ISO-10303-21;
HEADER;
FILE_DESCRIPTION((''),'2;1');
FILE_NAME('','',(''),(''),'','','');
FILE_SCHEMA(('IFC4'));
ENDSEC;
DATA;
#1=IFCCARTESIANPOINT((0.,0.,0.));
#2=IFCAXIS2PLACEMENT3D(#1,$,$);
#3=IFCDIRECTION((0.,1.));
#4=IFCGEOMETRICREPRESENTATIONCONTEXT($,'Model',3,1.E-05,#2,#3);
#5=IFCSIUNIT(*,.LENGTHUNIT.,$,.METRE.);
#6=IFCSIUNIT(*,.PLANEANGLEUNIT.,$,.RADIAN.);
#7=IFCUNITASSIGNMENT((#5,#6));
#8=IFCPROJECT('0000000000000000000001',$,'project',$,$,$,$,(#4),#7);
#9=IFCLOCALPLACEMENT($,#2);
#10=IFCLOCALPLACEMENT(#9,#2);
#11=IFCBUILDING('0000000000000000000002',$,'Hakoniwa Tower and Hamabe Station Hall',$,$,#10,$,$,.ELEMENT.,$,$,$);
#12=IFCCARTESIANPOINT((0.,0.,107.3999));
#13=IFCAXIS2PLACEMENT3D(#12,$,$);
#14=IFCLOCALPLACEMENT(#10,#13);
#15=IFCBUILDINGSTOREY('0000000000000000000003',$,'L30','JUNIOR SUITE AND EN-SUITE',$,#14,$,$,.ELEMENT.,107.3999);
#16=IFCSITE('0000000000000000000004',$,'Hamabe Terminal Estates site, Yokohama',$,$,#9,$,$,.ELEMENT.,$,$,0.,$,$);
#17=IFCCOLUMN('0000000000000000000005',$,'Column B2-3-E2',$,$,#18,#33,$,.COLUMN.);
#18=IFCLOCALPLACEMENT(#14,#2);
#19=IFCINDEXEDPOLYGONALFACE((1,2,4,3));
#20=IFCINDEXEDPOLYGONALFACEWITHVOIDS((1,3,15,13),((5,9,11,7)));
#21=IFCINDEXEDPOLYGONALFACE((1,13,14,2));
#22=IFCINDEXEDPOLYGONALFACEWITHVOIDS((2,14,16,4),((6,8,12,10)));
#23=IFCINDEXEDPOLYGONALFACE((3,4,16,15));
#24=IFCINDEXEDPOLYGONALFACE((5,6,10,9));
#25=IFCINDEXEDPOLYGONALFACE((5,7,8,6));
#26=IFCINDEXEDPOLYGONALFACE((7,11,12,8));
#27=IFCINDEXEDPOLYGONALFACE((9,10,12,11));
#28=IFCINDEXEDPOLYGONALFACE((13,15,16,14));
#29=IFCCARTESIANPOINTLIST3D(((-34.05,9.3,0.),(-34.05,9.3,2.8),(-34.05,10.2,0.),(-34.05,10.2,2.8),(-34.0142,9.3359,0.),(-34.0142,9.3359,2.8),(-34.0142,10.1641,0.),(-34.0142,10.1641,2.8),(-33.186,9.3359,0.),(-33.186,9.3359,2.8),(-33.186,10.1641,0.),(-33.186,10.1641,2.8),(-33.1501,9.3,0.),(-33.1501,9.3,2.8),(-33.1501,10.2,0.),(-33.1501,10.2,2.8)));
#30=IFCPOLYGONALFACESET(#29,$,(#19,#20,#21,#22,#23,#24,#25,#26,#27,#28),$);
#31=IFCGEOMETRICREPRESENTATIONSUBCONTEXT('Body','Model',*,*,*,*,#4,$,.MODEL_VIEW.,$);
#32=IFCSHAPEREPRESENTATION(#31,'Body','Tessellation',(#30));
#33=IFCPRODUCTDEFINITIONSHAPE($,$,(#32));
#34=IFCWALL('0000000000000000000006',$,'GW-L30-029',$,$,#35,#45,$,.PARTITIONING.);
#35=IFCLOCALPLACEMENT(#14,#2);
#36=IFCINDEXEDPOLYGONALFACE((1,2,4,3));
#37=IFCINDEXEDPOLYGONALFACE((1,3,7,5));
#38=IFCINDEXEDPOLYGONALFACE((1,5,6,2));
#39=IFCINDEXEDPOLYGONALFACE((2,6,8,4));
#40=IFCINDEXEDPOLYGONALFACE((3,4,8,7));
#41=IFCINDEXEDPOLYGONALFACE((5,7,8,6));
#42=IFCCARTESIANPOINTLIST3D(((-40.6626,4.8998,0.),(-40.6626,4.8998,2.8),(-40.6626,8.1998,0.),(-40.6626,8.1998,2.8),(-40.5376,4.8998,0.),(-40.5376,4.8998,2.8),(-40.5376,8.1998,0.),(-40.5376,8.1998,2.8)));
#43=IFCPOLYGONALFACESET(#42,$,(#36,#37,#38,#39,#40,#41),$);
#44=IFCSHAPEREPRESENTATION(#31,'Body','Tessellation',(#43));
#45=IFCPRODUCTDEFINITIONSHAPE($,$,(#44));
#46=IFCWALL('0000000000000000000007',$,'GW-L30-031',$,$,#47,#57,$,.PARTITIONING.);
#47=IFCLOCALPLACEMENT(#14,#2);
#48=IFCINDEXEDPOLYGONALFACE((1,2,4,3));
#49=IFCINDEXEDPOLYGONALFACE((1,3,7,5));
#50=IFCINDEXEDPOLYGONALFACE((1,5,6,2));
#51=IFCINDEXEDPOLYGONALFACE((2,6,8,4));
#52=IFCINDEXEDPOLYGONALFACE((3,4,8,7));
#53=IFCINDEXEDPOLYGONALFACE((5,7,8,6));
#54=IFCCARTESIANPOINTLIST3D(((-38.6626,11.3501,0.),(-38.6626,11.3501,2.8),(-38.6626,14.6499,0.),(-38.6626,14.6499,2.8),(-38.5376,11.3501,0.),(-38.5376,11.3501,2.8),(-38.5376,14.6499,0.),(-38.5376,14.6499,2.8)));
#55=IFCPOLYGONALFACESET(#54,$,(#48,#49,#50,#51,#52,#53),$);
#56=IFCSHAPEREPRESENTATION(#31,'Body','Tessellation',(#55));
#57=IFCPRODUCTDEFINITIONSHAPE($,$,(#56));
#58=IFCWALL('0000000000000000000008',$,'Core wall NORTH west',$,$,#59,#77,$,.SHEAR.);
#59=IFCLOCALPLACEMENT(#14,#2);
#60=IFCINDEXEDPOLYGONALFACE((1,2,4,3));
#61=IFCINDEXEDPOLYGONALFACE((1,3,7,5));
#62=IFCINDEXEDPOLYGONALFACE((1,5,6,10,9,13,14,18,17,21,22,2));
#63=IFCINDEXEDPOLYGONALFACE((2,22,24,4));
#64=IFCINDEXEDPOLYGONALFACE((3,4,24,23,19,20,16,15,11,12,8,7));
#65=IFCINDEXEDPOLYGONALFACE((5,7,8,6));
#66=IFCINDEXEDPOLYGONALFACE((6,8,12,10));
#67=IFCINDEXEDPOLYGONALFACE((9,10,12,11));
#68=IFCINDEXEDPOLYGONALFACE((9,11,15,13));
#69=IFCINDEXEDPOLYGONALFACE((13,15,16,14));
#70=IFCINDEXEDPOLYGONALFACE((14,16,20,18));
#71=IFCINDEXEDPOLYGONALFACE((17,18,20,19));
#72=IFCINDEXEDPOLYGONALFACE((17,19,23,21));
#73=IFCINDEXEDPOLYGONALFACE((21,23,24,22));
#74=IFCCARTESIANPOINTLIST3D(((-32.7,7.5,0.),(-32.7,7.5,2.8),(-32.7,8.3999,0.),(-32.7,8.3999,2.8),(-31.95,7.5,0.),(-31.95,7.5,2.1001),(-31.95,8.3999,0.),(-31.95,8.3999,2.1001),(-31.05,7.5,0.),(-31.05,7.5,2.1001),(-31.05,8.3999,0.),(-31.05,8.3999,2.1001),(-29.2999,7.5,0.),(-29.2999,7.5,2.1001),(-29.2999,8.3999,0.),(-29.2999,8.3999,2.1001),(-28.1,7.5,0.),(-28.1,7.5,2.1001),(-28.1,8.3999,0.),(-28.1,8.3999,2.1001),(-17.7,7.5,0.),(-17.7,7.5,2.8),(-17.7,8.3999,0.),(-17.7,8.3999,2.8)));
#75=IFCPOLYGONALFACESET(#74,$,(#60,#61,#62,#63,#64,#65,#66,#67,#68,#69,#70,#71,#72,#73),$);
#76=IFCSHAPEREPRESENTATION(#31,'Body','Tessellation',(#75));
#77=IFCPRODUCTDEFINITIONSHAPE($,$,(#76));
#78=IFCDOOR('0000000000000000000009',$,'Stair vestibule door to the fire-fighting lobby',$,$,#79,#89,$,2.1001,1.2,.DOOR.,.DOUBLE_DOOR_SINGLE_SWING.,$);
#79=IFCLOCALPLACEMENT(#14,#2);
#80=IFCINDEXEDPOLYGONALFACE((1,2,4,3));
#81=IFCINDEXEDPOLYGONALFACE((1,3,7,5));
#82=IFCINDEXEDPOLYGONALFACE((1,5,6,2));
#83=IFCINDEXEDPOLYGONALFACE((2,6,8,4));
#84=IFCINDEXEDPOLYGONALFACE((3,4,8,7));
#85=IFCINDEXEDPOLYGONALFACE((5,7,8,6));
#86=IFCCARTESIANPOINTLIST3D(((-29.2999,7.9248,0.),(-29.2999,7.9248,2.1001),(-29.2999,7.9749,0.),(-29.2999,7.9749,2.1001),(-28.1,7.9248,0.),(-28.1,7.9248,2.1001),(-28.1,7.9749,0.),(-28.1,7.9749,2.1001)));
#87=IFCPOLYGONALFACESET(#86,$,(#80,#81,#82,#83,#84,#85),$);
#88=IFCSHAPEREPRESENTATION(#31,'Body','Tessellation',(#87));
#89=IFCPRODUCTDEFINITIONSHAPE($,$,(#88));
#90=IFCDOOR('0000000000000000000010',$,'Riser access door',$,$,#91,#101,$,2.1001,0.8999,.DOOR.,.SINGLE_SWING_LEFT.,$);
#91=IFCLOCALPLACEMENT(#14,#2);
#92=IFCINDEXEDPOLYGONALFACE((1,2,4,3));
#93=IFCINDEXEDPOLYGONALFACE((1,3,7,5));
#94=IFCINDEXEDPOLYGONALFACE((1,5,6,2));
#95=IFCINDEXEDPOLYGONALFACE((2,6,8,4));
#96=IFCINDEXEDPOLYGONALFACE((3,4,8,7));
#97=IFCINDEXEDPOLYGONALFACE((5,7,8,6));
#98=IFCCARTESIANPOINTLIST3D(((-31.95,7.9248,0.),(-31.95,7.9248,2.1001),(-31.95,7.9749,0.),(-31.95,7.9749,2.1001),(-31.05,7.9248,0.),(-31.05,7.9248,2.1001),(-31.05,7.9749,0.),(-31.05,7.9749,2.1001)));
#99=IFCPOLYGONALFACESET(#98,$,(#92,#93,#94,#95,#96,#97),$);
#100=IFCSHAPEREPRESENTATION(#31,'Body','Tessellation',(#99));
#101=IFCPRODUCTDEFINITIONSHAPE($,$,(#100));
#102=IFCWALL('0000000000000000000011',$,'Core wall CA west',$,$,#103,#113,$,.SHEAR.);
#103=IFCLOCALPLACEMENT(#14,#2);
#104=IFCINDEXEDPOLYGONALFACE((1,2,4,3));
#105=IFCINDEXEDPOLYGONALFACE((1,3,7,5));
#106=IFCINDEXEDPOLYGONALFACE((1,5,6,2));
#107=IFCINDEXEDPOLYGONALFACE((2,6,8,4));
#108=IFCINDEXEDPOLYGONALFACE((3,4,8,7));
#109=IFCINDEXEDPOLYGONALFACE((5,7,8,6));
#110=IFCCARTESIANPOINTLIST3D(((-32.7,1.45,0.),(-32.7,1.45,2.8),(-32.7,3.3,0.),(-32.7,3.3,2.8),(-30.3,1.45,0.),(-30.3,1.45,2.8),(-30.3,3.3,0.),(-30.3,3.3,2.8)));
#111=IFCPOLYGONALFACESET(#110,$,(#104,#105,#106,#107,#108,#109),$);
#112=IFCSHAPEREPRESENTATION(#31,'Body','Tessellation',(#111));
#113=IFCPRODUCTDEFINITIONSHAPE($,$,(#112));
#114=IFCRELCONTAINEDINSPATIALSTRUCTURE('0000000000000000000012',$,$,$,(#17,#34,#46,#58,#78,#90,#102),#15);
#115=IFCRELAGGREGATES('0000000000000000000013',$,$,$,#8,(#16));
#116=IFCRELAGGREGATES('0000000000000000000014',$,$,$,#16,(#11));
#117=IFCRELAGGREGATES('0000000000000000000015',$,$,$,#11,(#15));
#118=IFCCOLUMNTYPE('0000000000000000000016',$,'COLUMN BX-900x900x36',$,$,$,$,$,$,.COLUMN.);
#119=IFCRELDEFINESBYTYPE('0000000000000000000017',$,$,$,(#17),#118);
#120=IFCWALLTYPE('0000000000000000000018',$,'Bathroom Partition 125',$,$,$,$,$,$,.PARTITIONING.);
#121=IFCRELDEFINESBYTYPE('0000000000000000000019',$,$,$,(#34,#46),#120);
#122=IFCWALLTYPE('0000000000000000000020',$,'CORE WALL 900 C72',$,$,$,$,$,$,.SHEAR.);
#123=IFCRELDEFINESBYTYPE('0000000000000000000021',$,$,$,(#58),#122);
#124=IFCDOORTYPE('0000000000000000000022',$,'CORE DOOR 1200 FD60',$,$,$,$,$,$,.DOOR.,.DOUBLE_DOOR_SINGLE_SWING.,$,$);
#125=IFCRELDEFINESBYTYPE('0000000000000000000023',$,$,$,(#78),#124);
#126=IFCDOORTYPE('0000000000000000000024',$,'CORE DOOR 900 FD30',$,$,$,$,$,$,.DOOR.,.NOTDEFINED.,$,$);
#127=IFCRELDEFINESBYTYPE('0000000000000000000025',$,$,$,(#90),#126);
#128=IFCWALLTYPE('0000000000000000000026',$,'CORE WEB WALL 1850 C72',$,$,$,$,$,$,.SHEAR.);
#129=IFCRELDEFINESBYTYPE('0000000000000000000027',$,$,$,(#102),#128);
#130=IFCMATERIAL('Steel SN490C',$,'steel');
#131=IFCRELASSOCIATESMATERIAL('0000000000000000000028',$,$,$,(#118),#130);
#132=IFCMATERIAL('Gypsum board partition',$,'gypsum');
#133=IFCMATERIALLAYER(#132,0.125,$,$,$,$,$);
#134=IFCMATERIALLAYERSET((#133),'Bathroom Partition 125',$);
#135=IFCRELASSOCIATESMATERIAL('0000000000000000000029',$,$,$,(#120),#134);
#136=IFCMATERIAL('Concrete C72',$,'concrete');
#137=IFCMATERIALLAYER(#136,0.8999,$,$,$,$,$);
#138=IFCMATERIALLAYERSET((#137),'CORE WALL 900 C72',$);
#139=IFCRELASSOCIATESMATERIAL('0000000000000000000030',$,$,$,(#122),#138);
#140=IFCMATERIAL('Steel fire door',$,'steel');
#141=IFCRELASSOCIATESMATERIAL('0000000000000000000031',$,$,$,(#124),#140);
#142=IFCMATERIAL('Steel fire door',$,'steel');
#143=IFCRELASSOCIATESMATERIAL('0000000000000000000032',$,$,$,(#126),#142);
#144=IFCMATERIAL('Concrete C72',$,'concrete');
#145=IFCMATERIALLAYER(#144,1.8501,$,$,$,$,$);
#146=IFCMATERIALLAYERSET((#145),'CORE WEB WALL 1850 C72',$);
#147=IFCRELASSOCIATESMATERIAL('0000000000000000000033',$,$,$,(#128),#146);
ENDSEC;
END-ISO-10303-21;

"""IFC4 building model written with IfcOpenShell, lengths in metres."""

from ifc_helpers import new_model, si_unit, direction, frame, frame_2d, origin, origin_2d, place, context, subcontext, project, spatial, rectangle, hollow_rectangle, extrude, material, layer, layer_set, material_profile, profile_set, type_object, element, fill, save


model = new_model("IFC4")

# Units and contexts
model_context = context("Model", 3, precision=1e-05, world=origin(), true_north=direction((0.0, 1.0)))
body_context = subcontext(model_context, "Body", "Model", "MODEL_VIEW")
ifc_project = project(units=[si_unit("LENGTHUNIT", "METRE"), si_unit("PLANEANGLEUNIT", "RADIAN")], contexts=[model_context])

# Site, building, storey
site_placement = place(None, origin())
site = spatial("IfcSite", under=ifc_project, at=site_placement, Name="Hamabe Terminal Estates site, Yokohama", CompositionType="ELEMENT", RefElevation=0.0)
building_placement = place(site_placement, origin())
building = spatial("IfcBuilding", under=site, at=building_placement, Name="Hakoniwa Tower and Hamabe Station Hall", CompositionType="ELEMENT")
storey_placement = place(building_placement, frame((0.0, 0.0, 107.3999)))
storey = spatial("IfcBuildingStorey", under=building, at=storey_placement, Name="L30", Description="JUNIOR SUITE AND EN-SUITE", CompositionType="ELEMENT", Elevation=107.3999)

# Column
ifc_material_1 = material(Name="Steel SN490C", Category="steel")
ifc_material_profile = material_profile(ifc_material_1, hollow_rectangle(XDim=0.8999, YDim=0.8999, WallThickness=0.0359, at=origin_2d()), Name="BX-900x900x36")
ifc_profile_set = profile_set([ifc_material_profile], Name="Steel SN490C")
column_type = type_object("IfcColumnType", Name="COLUMN BX-900x900x36", PredefinedType="COLUMN", material=ifc_profile_set)
column_placement = place(storey_placement, frame((-33.6001, 9.75, 0.0), z_axis=(0.0, 0.0, 1.0), x_axis=(1.0, 0.0, 0.0)))
element("IfcColumn", 1, at=column_placement, inside=storey, type_object=column_type, Name="Column B2-3-E2", PredefinedType="COLUMN", context=body_context, shape_type="SweptSolid", body=[
    extrude(hollow_rectangle(XDim=0.8999, YDim=0.8999, WallThickness=0.0359, at=origin_2d()), origin(), (0.0, 0.0, 1.0), 2.8),
])

# Walls
ifc_material_2 = material(Name="Gypsum board partition", Category="gypsum")
ifc_layer_1 = layer(ifc_material_2, 0.125)
ifc_layer_set_1 = layer_set([ifc_layer_1], Name="Bathroom Partition 125")
wall_type_1 = type_object("IfcWallType", Name="Bathroom Partition 125", PredefinedType="PARTITIONING", material=ifc_layer_set_1)
wall_1_placement = place(storey_placement, frame((-40.6001, 4.8999, 0.0), z_axis=(0.0, 0.0, 1.0), x_axis=(0.0, 1.0, 0.0)))
element("IfcWall", 2, at=wall_1_placement, inside=storey, type_object=wall_type_1, Name="GW-L30-029", PredefinedType="PARTITIONING", context=body_context, shape_type="SweptSolid", body=[
    extrude(rectangle(XDim=3.3, YDim=0.125, at=frame_2d((1.6499, 0.0))), origin(), (0.0, 0.0, 1.0), 2.8),
])
wall_2_placement = place(storey_placement, frame((-38.6001, 11.3501, 0.0), z_axis=(0.0, 0.0, 1.0), x_axis=(0.0, 1.0, 0.0)))
element("IfcWall", 3, at=wall_2_placement, inside=storey, type_object=wall_type_1, Name="GW-L30-031", PredefinedType="PARTITIONING", context=body_context, shape_type="SweptSolid", body=[
    extrude(rectangle(XDim=3.2998, YDim=0.125, at=frame_2d((1.6499, 0.0))), origin(), (0.0, 0.0, 1.0), 2.8),
])

# Wall, openings, doors
ifc_material_3 = material(Name="Concrete C72", Category="concrete")
ifc_layer_2 = layer(ifc_material_3, 0.8999)
ifc_layer_set_2 = layer_set([ifc_layer_2], Name="CORE WALL 900 C72")
wall_type_2 = type_object("IfcWallType", Name="CORE WALL 900 C72", PredefinedType="SHEAR", material=ifc_layer_set_2)
wall_3_placement = place(storey_placement, frame((-32.7, 7.95, 0.0), z_axis=(0.0, 0.0, 1.0), x_axis=(1.0, 0.0, 0.0)))
wall_3 = element("IfcWall", 4, at=wall_3_placement, inside=storey, type_object=wall_type_2, Name="Core wall NORTH west", PredefinedType="SHEAR", context=body_context, shape_type="SweptSolid", body=[
    extrude(rectangle(XDim=15.0, YDim=0.8999, at=frame_2d((7.5, 0.0))), origin(), (0.0, 0.0, 1.0), 2.8),
])
opening_1_placement = place(wall_3_placement, frame((3.3999, 0.0, 0.0)))
opening_1 = element("IfcOpeningElement", 5, at=opening_1_placement, cuts=wall_3, PredefinedType="OPENING", context=body_context, shape_type="SweptSolid", body=[
    extrude(rectangle(XDim=1.2, YDim=2.1001, at=frame_2d((0.6001, 1.05))), frame((0.0, 0.46, 0.0), z_axis=(0.0, -1.0, 0.0), x_axis=(1.0, 0.0, 0.0)), (0.0, 0.0, 1.0), 0.9199),
])
opening_2_placement = place(wall_3_placement, frame((0.75, 0.0, 0.0)))
opening_2 = element("IfcOpeningElement", 6, at=opening_2_placement, cuts=wall_3, PredefinedType="OPENING", context=body_context, shape_type="SweptSolid", body=[
    extrude(rectangle(XDim=0.8999, YDim=2.1001, at=frame_2d((0.45, 1.05))), frame((0.0, 0.46, 0.0), z_axis=(0.0, -1.0, 0.0), x_axis=(1.0, 0.0, 0.0)), (0.0, 0.0, 1.0), 0.9199),
])
ifc_material_4 = material(Name="Steel fire door", Category="steel")
door_type_1 = type_object("IfcDoorType", Name="CORE DOOR 1200 FD60", OperationType="DOUBLE_DOOR_SINGLE_SWING", PredefinedType="DOOR", material=ifc_material_4)
door_1_placement = place(opening_1_placement, origin())
door_1 = element("IfcDoor", 7, at=door_1_placement, inside=storey, type_object=door_type_1, Name="Stair vestibule door to the fire-fighting lobby", OperationType="DOUBLE_DOOR_SINGLE_SWING", OverallHeight=2.1001, OverallWidth=1.2, PredefinedType="DOOR", context=body_context, shape_type="SweptSolid", body=[
    extrude(rectangle(XDim=1.2, YDim=2.1001, at=frame_2d((0.6001, 1.05))), frame((0.0, 0.0249, 0.0), z_axis=(0.0, -1.0, 0.0), x_axis=(1.0, 0.0, 0.0)), (0.0, 0.0, 1.0), 0.05),
])
fill(opening_1, door_1)
ifc_material_5 = material(Name="Steel fire door", Category="steel")
door_type_2 = type_object("IfcDoorType", Name="CORE DOOR 900 FD30", OperationType="NOTDEFINED", PredefinedType="DOOR", material=ifc_material_5)
door_2_placement = place(opening_2_placement, origin())
door_2 = element("IfcDoor", 8, at=door_2_placement, inside=storey, type_object=door_type_2, Name="Riser access door", OperationType="SINGLE_SWING_LEFT", OverallHeight=2.1001, OverallWidth=0.8999, PredefinedType="DOOR", context=body_context, shape_type="SweptSolid", body=[
    extrude(rectangle(XDim=0.8999, YDim=2.1001, at=frame_2d((0.45, 1.05))), frame((0.0, 0.0249, 0.0), z_axis=(0.0, -1.0, 0.0), x_axis=(1.0, 0.0, 0.0)), (0.0, 0.0, 1.0), 0.05),
])
fill(opening_2, door_2)

# Wall
ifc_material_6 = material(Name="Concrete C72", Category="concrete")
ifc_layer_3 = layer(ifc_material_6, 1.8501)
ifc_layer_set_3 = layer_set([ifc_layer_3], Name="CORE WEB WALL 1850 C72")
wall_type_3 = type_object("IfcWallType", Name="CORE WEB WALL 1850 C72", PredefinedType="SHEAR", material=ifc_layer_set_3)
wall_4_placement = place(storey_placement, frame((-32.7, 2.375, 0.0), z_axis=(0.0, 0.0, 1.0), x_axis=(1.0, 0.0, 0.0)))
element("IfcWall", 9, at=wall_4_placement, inside=storey, type_object=wall_type_3, Name="Core wall CA west", PredefinedType="SHEAR", context=body_context, shape_type="SweptSolid", body=[
    extrude(rectangle(XDim=2.3999, YDim=1.8501, at=frame_2d((1.2, 0.0))), origin(), (0.0, 0.0, 1.0), 2.8),
])

save(model, "model.ifc")
